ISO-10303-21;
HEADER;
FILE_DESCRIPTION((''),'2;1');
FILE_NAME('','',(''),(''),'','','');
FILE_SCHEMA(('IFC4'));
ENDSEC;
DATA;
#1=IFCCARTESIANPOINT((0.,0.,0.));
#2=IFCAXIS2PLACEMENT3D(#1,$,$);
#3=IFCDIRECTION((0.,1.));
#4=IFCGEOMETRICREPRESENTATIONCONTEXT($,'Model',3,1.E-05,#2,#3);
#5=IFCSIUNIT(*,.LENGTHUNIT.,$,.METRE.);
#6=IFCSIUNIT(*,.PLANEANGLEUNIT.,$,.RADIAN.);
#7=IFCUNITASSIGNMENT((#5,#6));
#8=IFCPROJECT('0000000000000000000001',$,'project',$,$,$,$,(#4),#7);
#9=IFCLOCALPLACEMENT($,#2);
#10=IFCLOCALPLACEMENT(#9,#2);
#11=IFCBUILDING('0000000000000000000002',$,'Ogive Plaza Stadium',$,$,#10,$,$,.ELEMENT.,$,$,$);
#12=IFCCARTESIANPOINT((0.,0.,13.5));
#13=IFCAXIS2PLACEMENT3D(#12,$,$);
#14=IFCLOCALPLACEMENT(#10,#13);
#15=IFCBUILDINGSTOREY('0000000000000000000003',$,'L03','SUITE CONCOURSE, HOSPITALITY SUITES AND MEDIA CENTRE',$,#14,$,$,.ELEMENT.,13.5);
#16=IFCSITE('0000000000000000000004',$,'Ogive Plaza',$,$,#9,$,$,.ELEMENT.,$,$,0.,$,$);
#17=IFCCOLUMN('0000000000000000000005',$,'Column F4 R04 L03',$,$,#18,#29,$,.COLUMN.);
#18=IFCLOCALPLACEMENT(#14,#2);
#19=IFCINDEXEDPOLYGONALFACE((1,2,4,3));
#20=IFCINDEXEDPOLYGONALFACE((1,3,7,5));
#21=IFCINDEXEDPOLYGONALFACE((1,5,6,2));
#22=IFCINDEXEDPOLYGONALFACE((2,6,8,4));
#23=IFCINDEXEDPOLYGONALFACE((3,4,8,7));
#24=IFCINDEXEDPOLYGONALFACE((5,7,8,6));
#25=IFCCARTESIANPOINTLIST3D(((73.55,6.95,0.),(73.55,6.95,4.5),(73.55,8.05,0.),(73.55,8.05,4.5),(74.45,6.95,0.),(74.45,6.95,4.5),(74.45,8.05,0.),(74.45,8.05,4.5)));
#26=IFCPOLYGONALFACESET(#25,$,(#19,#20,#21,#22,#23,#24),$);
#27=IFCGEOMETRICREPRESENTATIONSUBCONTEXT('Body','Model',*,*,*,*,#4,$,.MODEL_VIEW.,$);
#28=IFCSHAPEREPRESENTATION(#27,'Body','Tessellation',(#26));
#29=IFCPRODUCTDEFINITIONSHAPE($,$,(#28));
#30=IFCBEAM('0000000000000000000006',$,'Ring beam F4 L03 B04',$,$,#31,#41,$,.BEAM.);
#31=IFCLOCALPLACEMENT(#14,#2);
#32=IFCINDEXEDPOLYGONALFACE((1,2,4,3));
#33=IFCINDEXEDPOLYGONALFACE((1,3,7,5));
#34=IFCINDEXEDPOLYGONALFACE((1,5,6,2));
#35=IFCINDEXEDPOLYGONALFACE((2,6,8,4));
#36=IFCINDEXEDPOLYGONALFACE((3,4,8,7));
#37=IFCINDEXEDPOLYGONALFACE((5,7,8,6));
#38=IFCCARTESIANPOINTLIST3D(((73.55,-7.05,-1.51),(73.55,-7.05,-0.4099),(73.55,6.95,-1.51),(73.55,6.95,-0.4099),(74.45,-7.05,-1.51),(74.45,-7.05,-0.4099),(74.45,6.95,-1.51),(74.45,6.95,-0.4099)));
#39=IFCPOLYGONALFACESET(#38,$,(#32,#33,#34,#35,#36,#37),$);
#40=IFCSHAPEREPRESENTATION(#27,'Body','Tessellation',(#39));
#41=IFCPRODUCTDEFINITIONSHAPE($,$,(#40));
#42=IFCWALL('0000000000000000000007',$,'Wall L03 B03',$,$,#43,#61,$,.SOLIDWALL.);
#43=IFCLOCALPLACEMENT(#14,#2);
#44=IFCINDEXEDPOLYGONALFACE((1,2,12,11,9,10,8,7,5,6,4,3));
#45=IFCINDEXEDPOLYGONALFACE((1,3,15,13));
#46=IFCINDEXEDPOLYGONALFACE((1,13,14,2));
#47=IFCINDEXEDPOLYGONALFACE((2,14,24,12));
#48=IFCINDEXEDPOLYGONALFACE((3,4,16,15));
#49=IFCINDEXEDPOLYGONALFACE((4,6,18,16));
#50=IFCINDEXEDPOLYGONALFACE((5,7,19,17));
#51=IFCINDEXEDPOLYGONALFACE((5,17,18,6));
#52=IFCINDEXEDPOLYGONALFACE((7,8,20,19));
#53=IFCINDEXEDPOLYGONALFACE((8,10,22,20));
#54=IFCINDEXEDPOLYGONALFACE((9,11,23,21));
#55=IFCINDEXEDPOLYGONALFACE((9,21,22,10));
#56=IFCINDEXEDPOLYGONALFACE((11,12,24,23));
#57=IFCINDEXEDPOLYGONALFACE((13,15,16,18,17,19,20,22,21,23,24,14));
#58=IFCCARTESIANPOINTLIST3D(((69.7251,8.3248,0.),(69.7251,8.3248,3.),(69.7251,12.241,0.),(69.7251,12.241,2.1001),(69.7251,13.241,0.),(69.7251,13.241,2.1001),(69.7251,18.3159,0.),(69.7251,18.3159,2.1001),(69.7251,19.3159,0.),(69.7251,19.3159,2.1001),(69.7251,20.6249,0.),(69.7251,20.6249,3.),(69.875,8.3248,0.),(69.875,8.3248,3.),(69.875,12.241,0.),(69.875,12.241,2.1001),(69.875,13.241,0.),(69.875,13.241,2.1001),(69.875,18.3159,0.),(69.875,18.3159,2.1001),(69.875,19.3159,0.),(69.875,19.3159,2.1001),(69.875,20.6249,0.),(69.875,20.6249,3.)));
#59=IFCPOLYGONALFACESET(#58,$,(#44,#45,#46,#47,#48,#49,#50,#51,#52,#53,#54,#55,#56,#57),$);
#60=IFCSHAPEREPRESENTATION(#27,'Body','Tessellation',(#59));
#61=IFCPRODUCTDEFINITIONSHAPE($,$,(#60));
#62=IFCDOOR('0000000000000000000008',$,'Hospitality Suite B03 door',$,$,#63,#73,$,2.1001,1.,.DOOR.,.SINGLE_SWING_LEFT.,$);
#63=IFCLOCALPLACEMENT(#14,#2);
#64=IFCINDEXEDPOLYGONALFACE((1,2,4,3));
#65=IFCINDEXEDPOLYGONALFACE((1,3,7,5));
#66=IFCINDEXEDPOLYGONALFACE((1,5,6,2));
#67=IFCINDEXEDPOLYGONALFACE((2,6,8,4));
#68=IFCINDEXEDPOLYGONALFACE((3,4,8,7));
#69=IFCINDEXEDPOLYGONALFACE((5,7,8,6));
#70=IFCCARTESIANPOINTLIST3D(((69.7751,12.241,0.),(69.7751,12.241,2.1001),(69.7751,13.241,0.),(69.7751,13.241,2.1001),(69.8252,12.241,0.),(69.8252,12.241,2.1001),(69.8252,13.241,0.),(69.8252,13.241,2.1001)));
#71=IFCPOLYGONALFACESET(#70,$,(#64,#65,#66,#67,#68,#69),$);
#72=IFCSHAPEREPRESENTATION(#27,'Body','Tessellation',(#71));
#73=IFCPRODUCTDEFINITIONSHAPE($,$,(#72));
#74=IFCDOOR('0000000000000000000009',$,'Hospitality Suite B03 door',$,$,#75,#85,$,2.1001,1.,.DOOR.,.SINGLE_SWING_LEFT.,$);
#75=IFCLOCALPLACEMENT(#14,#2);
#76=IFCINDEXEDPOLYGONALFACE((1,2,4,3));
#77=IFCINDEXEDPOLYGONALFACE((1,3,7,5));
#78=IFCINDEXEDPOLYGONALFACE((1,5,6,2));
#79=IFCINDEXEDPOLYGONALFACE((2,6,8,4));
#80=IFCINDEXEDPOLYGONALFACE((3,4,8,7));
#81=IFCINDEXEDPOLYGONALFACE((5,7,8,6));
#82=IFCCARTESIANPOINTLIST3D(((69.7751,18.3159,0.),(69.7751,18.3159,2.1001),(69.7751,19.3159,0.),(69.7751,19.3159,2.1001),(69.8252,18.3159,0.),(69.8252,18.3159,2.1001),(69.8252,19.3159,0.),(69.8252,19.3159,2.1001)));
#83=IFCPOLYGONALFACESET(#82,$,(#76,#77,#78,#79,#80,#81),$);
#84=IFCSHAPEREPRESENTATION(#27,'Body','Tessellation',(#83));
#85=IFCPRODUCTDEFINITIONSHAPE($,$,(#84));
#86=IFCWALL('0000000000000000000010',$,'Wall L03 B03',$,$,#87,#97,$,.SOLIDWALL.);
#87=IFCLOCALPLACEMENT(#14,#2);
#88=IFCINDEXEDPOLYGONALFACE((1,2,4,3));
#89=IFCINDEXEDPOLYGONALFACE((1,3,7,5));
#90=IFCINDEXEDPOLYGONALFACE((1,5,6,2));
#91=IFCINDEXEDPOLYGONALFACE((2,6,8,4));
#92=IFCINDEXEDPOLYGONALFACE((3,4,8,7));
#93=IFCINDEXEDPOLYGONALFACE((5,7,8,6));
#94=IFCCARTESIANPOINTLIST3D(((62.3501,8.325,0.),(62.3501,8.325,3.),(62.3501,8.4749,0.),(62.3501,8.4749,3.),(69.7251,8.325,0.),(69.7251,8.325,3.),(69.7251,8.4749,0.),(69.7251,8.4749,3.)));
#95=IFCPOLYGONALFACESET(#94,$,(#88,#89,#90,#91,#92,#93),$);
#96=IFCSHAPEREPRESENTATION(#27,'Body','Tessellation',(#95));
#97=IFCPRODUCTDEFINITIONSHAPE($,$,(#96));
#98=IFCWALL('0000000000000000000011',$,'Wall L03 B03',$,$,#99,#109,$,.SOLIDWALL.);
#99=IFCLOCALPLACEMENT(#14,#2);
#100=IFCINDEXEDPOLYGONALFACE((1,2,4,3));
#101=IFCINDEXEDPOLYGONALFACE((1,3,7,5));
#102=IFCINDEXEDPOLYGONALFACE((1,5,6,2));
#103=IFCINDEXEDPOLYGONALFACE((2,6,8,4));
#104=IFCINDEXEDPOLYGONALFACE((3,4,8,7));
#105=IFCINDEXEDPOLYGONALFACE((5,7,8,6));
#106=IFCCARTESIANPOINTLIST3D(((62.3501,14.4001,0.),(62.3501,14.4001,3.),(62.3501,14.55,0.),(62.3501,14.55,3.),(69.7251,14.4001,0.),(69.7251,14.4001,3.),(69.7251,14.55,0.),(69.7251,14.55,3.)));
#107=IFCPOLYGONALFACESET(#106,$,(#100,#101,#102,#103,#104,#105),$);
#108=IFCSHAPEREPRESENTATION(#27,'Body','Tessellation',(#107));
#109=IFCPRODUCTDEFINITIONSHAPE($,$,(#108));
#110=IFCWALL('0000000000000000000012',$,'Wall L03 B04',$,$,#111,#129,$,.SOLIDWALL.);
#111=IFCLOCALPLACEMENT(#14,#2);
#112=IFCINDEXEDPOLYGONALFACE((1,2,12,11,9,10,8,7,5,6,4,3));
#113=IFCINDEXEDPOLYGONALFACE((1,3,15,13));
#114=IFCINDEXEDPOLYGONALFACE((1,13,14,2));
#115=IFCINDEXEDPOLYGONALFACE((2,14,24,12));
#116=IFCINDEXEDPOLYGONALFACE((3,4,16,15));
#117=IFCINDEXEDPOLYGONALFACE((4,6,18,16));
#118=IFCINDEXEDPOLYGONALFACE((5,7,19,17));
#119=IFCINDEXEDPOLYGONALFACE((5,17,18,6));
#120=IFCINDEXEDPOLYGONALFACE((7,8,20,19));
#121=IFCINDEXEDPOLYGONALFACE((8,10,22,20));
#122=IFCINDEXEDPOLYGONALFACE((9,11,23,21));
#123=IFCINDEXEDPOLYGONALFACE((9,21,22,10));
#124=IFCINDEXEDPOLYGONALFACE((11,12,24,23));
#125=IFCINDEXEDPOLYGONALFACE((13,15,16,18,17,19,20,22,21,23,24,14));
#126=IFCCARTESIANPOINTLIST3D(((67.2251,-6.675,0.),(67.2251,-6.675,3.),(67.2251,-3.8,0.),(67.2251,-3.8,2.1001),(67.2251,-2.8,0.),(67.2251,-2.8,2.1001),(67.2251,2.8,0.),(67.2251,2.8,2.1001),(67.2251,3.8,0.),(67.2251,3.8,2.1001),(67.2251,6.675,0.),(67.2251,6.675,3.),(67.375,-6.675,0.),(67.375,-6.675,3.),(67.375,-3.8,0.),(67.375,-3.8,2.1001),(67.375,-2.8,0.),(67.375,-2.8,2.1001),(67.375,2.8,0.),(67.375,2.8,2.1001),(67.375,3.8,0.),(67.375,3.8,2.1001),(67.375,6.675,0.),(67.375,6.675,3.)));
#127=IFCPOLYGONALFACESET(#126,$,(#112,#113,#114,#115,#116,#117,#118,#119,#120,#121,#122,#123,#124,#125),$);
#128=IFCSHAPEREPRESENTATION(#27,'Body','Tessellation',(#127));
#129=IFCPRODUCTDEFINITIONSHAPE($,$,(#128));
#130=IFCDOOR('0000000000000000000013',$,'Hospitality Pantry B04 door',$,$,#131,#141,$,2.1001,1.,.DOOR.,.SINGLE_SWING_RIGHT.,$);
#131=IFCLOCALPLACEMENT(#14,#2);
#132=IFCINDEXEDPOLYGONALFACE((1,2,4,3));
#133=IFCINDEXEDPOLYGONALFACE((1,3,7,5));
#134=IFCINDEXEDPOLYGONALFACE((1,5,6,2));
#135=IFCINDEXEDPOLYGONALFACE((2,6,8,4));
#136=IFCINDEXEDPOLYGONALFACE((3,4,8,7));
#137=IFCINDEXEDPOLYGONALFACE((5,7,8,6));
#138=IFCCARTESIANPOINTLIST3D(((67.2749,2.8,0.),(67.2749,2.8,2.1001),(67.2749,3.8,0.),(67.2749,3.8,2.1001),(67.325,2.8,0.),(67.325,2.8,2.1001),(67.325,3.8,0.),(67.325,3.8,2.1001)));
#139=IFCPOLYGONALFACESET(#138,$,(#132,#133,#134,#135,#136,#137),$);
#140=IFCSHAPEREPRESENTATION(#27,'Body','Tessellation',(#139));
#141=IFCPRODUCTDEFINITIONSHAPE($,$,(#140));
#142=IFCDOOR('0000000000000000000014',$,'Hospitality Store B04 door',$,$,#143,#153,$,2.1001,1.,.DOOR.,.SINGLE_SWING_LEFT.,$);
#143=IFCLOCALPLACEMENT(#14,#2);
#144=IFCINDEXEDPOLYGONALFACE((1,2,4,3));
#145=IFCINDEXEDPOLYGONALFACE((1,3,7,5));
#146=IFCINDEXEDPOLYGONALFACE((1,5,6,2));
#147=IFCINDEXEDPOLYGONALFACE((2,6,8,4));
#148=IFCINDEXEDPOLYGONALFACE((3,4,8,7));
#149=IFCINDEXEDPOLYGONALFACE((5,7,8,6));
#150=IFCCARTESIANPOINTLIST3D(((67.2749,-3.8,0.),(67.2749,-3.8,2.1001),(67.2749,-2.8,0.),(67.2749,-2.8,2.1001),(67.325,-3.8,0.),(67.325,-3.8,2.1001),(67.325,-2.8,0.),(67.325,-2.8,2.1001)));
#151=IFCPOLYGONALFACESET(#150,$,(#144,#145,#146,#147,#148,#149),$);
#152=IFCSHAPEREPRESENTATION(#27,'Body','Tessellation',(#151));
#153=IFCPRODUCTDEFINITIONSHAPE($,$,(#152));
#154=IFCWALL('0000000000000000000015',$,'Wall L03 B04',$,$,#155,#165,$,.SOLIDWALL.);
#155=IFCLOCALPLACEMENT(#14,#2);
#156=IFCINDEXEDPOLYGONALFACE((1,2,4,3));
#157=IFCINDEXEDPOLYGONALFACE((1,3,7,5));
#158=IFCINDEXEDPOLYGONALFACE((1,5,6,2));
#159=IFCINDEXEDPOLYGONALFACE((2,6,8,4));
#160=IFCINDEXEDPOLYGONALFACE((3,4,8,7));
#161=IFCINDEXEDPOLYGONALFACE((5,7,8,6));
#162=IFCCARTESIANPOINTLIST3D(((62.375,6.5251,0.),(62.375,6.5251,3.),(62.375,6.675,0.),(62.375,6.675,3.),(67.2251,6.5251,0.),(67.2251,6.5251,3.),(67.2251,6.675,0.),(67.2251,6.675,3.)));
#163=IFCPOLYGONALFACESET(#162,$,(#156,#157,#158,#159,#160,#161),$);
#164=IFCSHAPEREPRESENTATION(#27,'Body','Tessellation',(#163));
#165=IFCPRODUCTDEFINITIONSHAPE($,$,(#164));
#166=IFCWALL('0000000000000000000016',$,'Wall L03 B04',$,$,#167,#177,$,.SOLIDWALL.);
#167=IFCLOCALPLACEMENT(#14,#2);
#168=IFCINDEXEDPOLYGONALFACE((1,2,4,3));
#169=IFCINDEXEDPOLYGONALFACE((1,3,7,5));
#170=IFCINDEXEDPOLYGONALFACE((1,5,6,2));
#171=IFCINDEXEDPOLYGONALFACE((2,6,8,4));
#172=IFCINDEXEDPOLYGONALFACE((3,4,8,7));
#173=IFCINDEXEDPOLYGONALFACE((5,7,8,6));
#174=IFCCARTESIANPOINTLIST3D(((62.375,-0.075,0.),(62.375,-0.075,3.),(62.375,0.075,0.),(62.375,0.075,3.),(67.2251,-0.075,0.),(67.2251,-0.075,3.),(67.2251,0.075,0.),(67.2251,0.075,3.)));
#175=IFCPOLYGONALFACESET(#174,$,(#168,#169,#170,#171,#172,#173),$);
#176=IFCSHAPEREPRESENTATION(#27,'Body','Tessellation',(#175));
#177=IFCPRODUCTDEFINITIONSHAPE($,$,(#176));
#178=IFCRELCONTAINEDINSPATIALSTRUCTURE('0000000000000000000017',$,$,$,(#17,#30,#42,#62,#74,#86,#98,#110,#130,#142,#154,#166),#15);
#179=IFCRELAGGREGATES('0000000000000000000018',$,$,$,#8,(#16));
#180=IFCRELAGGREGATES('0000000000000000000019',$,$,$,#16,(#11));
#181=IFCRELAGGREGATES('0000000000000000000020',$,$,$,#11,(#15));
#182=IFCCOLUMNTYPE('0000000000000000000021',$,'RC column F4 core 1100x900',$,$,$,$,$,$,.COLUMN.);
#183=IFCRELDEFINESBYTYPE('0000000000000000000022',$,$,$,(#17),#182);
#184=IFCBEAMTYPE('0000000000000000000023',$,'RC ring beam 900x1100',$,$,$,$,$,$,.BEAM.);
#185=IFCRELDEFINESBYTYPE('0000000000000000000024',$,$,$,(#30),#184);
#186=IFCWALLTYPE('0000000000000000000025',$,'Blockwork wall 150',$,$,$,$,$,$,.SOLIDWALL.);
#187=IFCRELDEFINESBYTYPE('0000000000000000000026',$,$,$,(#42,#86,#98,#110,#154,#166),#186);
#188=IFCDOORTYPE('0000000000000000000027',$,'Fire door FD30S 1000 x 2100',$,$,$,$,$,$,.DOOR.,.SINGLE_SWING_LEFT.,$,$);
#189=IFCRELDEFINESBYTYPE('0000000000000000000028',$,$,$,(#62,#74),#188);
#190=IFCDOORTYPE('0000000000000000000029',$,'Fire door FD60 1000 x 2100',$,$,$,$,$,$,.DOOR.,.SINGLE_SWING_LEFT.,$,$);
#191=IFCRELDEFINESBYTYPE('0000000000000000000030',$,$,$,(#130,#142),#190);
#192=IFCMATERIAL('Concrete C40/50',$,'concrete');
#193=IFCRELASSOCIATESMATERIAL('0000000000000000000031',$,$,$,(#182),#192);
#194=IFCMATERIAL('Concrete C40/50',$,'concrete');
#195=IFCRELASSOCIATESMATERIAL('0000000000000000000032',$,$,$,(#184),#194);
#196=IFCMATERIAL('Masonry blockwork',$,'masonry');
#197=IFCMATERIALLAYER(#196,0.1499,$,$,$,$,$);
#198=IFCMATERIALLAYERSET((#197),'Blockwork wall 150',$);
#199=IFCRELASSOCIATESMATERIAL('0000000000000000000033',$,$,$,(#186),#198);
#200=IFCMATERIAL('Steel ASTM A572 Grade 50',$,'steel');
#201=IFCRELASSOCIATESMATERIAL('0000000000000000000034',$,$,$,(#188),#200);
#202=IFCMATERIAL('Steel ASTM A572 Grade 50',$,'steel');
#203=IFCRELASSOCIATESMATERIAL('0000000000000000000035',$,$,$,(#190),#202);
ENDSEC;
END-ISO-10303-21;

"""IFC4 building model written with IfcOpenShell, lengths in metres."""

from ifc_helpers import new_model, si_unit, direction, frame, frame_2d, origin, origin_2d, place, context, subcontext, project, spatial, rectangle, extrude, material, layer, layer_set, material_profile, profile_set, type_object, element, fill, save


model = new_model("IFC4")

# Units and contexts
model_context = context("Model", 3, precision=1e-05, world=origin(), true_north=direction((0.0, 1.0)))
body_context = subcontext(model_context, "Body", "Model", "MODEL_VIEW")
ifc_project = project(units=[si_unit("LENGTHUNIT", "METRE"), si_unit("PLANEANGLEUNIT", "RADIAN")], contexts=[model_context])

# Site, building, storey
site_placement = place(None, origin())
site = spatial("IfcSite", under=ifc_project, at=site_placement, Name="Ogive Plaza", CompositionType="ELEMENT", RefElevation=0.0)
building_placement = place(site_placement, origin())
building = spatial("IfcBuilding", under=site, at=building_placement, Name="Ogive Plaza Stadium", CompositionType="ELEMENT")
storey_placement = place(building_placement, frame((0.0, 0.0, 13.5)))
storey = spatial("IfcBuildingStorey", under=building, at=storey_placement, Name="L03", Description="SUITE CONCOURSE, HOSPITALITY SUITES AND MEDIA CENTRE", CompositionType="ELEMENT", Elevation=13.5)

# Column
ifc_material_1 = material(Name="Concrete C40/50", Category="concrete")
ifc_material_profile_1 = material_profile(ifc_material_1, rectangle(XDim=1.1001, YDim=0.8999, at=origin_2d()), Name="RC 1100x900")
ifc_profile_set_1 = profile_set([ifc_material_profile_1], Name="Concrete C40/50")
column_type = type_object("IfcColumnType", Name="RC column F4 core 1100x900", PredefinedType="COLUMN", material=ifc_profile_set_1)
column_placement = place(storey_placement, frame((74.0, 7.5, 0.0), z_axis=(0.0, 0.0, 1.0), x_axis=(0.0, 1.0, 0.0)))
element("IfcColumn", 1, at=column_placement, inside=storey, type_object=column_type, Name="Column F4 R04 L03", PredefinedType="COLUMN", context=body_context, shape_type="SweptSolid", body=[
    extrude(rectangle(XDim=1.1001, YDim=0.8999, at=origin_2d()), origin(), (0.0, 0.0, 1.0), 4.5),
])

# Beam
ifc_material_2 = material(Name="Concrete C40/50", Category="concrete")
ifc_material_profile_2 = material_profile(ifc_material_2, rectangle(XDim=0.8999, YDim=1.1001, at=origin_2d()), Name="RC 900x1100")
ifc_profile_set_2 = profile_set([ifc_material_profile_2], Name="Concrete C40/50")
beam_type = type_object("IfcBeamType", Name="RC ring beam 900x1100", PredefinedType="BEAM", material=ifc_profile_set_2)
beam_placement = place(storey_placement, frame((74.0, 6.95, -0.96), z_axis=(0.0, -1.0, 0.0), x_axis=(1.0, 0.0, 0.0)))
element("IfcBeam", 2, at=beam_placement, inside=storey, type_object=beam_type, Name="Ring beam F4 L03 B04", PredefinedType="BEAM", context=body_context, shape_type="SweptSolid", body=[
    extrude(rectangle(XDim=0.8999, YDim=1.1001, at=origin_2d()), origin(), (0.0, 0.0, 1.0), 14.0),
])

# Wall, openings, doors
ifc_material_3 = material(Name="Masonry blockwork", Category="masonry")
ifc_layer_1 = layer(ifc_material_3, 0.1499)
ifc_layer_set_1 = layer_set([ifc_layer_1], Name="Blockwork wall 150")
wall_type_1 = type_object("IfcWallType", Name="Blockwork wall 150", PredefinedType="SOLIDWALL", material=ifc_layer_set_1)
wall_1_placement = place(storey_placement, frame((69.8, 8.325, 0.0), z_axis=(0.0, 0.0, 1.0), x_axis=(0.0, 1.0, 0.0)))
wall_1 = element("IfcWall", 3, at=wall_1_placement, inside=storey, type_object=wall_type_1, Name="Wall L03 B03", PredefinedType="SOLIDWALL", context=body_context, shape_type="SweptSolid", body=[
    extrude(rectangle(XDim=12.3, YDim=0.1499, at=frame_2d((6.1499, 0.0))), origin(), (0.0, 0.0, 1.0), 3.0),
])
opening_1_placement = place(wall_1_placement, frame((3.916, 0.0, 0.0)))
opening_1 = element("IfcOpeningElement", 4, at=opening_1_placement, cuts=wall_1, PredefinedType="OPENING", context=body_context, shape_type="SweptSolid", body=[
    extrude(rectangle(XDim=1.0, YDim=2.1001, at=frame_2d((0.5, 1.05))), frame((0.0, 0.075, 0.0), z_axis=(0.0, -1.0, 0.0), x_axis=(1.0, 0.0, 0.0)), (0.0, 0.0, 1.0), 0.1499),
])
opening_2_placement = place(wall_1_placement, frame((9.991, 0.0, 0.0)))
opening_2 = element("IfcOpeningElement", 5, at=opening_2_placement, cuts=wall_1, PredefinedType="OPENING", context=body_context, shape_type="SweptSolid", body=[
    extrude(rectangle(XDim=1.0, YDim=2.1001, at=frame_2d((0.5, 1.05))), frame((0.0, 0.075, 0.0), z_axis=(0.0, -1.0, 0.0), x_axis=(1.0, 0.0, 0.0)), (0.0, 0.0, 1.0), 0.1499),
])
ifc_material_4 = material(Name="Steel ASTM A572 Grade 50", Category="steel")
door_type_1 = type_object("IfcDoorType", Name="Fire door FD30S 1000 x 2100", OperationType="SINGLE_SWING_LEFT", PredefinedType="DOOR", material=ifc_material_4)
door_1_placement = place(opening_1_placement, origin())
door_1 = element("IfcDoor", 6, at=door_1_placement, inside=storey, type_object=door_type_1, Name="Hospitality Suite B03 door", OperationType="SINGLE_SWING_LEFT", OverallHeight=2.1001, OverallWidth=1.0, PredefinedType="DOOR", context=body_context, shape_type="SweptSolid", body=[
    extrude(rectangle(XDim=1.0, YDim=2.1001, at=frame_2d((0.5, 1.05))), frame((0.0, 0.0249, 0.0), z_axis=(0.0, -1.0, 0.0), x_axis=(1.0, 0.0, 0.0)), (0.0, 0.0, 1.0), 0.05),
])
fill(opening_1, door_1)
door_2_placement = place(opening_2_placement, origin())
door_2 = element("IfcDoor", 7, at=door_2_placement, inside=storey, type_object=door_type_1, Name="Hospitality Suite B03 door", OperationType="SINGLE_SWING_LEFT", OverallHeight=2.1001, OverallWidth=1.0, PredefinedType="DOOR", context=body_context, shape_type="SweptSolid", body=[
    extrude(rectangle(XDim=1.0, YDim=2.1001, at=frame_2d((0.5, 1.05))), frame((0.0, 0.0249, 0.0), z_axis=(0.0, -1.0, 0.0), x_axis=(1.0, 0.0, 0.0)), (0.0, 0.0, 1.0), 0.05),
])
fill(opening_2, door_2)

# Walls
for number, where, z_axis, x_axis, name in (
    (8, (62.3501, 8.3999, 0.0), (0.0, 0.0, 1.0), (1.0, 0.0, 0.0), "Wall L03 B03"),
    (9, (62.3501, 14.4751, 0.0), (0.0, 0.0, 1.0), (1.0, 0.0, 0.0), "Wall L03 B03"),
):
    element("IfcWall", number, at=place(storey_placement, frame(where, z_axis=z_axis, x_axis=x_axis)), inside=storey, type_object=wall_type_1, Name=name, PredefinedType="SOLIDWALL", context=body_context, shape_type="SweptSolid", body=[
        extrude(rectangle(XDim=7.375, YDim=0.1499, at=frame_2d((3.6875, 0.0))), origin(), (0.0, 0.0, 1.0), 3.0),
    ])

# Wall, openings, doors
wall_2_placement = place(storey_placement, frame((67.3, 6.675, 0.0), z_axis=(0.0, 0.0, 1.0), x_axis=(0.0, -1.0, 0.0)))
wall_2 = element("IfcWall", 10, at=wall_2_placement, inside=storey, type_object=wall_type_1, Name="Wall L03 B04", PredefinedType="SOLIDWALL", context=body_context, shape_type="SweptSolid", body=[
    extrude(rectangle(XDim=13.3501, YDim=0.1499, at=frame_2d((6.675, 0.0))), origin(), (0.0, 0.0, 1.0), 3.0),
])
opening_3_placement = place(wall_2_placement, frame((2.875, 0.0, 0.0)))
opening_3 = element("IfcOpeningElement", 11, at=opening_3_placement, cuts=wall_2, PredefinedType="OPENING", context=body_context, shape_type="SweptSolid", body=[
    extrude(rectangle(XDim=1.0, YDim=2.1001, at=frame_2d((0.5, 1.05))), frame((0.0, 0.075, 0.0), z_axis=(0.0, -1.0, 0.0), x_axis=(1.0, 0.0, 0.0)), (0.0, 0.0, 1.0), 0.1499),
])
opening_4_placement = place(wall_2_placement, frame((9.4751, 0.0, 0.0)))
opening_4 = element("IfcOpeningElement", 12, at=opening_4_placement, cuts=wall_2, PredefinedType="OPENING", context=body_context, shape_type="SweptSolid", body=[
    extrude(rectangle(XDim=1.0, YDim=2.1001, at=frame_2d((0.5, 1.05))), frame((0.0, 0.075, 0.0), z_axis=(0.0, -1.0, 0.0), x_axis=(1.0, 0.0, 0.0)), (0.0, 0.0, 1.0), 0.1499),
])
ifc_material_5 = material(Name="Steel ASTM A572 Grade 50", Category="steel")
door_type_2 = type_object("IfcDoorType", Name="Fire door FD60 1000 x 2100", OperationType="SINGLE_SWING_LEFT", PredefinedType="DOOR", material=ifc_material_5)
door_3_placement = place(opening_3_placement, origin())
door_3 = element("IfcDoor", 13, at=door_3_placement, inside=storey, type_object=door_type_2, Name="Hospitality Pantry B04 door", OperationType="SINGLE_SWING_RIGHT", OverallHeight=2.1001, OverallWidth=1.0, PredefinedType="DOOR", context=body_context, shape_type="SweptSolid", body=[
    extrude(rectangle(XDim=1.0, YDim=2.1001, at=frame_2d((0.5, 1.05))), frame((0.0, 0.0249, 0.0), z_axis=(0.0, -1.0, 0.0), x_axis=(1.0, 0.0, 0.0)), (0.0, 0.0, 1.0), 0.05),
])
fill(opening_3, door_3)
door_4_placement = place(opening_4_placement, origin())
door_4 = element("IfcDoor", 14, at=door_4_placement, inside=storey, type_object=door_type_2, Name="Hospitality Store B04 door", OperationType="SINGLE_SWING_LEFT", OverallHeight=2.1001, OverallWidth=1.0, PredefinedType="DOOR", context=body_context, shape_type="SweptSolid", body=[
    extrude(rectangle(XDim=1.0, YDim=2.1001, at=frame_2d((0.5, 1.05))), frame((0.0, 0.0249, 0.0), z_axis=(0.0, -1.0, 0.0), x_axis=(1.0, 0.0, 0.0)), (0.0, 0.0, 1.0), 0.05),
])
fill(opening_4, door_4)

# Walls
for number, where, z_axis, x_axis, name in (
    (15, (62.375, 6.6001, 0.0), (0.0, 0.0, 1.0), (1.0, 0.0, 0.0), "Wall L03 B04"),
    (16, (62.375, 0.0, 0.0), (0.0, 0.0, 1.0), (1.0, 0.0, 0.0), "Wall L03 B04"),
):
    element("IfcWall", number, at=place(storey_placement, frame(where, z_axis=z_axis, x_axis=x_axis)), inside=storey, type_object=wall_type_1, Name=name, PredefinedType="SOLIDWALL", context=body_context, shape_type="SweptSolid", body=[
        extrude(rectangle(XDim=4.8501, YDim=0.1499, at=frame_2d((2.425, 0.0))), origin(), (0.0, 0.0, 1.0), 3.0),
    ])

save(model, "model.ifc")
